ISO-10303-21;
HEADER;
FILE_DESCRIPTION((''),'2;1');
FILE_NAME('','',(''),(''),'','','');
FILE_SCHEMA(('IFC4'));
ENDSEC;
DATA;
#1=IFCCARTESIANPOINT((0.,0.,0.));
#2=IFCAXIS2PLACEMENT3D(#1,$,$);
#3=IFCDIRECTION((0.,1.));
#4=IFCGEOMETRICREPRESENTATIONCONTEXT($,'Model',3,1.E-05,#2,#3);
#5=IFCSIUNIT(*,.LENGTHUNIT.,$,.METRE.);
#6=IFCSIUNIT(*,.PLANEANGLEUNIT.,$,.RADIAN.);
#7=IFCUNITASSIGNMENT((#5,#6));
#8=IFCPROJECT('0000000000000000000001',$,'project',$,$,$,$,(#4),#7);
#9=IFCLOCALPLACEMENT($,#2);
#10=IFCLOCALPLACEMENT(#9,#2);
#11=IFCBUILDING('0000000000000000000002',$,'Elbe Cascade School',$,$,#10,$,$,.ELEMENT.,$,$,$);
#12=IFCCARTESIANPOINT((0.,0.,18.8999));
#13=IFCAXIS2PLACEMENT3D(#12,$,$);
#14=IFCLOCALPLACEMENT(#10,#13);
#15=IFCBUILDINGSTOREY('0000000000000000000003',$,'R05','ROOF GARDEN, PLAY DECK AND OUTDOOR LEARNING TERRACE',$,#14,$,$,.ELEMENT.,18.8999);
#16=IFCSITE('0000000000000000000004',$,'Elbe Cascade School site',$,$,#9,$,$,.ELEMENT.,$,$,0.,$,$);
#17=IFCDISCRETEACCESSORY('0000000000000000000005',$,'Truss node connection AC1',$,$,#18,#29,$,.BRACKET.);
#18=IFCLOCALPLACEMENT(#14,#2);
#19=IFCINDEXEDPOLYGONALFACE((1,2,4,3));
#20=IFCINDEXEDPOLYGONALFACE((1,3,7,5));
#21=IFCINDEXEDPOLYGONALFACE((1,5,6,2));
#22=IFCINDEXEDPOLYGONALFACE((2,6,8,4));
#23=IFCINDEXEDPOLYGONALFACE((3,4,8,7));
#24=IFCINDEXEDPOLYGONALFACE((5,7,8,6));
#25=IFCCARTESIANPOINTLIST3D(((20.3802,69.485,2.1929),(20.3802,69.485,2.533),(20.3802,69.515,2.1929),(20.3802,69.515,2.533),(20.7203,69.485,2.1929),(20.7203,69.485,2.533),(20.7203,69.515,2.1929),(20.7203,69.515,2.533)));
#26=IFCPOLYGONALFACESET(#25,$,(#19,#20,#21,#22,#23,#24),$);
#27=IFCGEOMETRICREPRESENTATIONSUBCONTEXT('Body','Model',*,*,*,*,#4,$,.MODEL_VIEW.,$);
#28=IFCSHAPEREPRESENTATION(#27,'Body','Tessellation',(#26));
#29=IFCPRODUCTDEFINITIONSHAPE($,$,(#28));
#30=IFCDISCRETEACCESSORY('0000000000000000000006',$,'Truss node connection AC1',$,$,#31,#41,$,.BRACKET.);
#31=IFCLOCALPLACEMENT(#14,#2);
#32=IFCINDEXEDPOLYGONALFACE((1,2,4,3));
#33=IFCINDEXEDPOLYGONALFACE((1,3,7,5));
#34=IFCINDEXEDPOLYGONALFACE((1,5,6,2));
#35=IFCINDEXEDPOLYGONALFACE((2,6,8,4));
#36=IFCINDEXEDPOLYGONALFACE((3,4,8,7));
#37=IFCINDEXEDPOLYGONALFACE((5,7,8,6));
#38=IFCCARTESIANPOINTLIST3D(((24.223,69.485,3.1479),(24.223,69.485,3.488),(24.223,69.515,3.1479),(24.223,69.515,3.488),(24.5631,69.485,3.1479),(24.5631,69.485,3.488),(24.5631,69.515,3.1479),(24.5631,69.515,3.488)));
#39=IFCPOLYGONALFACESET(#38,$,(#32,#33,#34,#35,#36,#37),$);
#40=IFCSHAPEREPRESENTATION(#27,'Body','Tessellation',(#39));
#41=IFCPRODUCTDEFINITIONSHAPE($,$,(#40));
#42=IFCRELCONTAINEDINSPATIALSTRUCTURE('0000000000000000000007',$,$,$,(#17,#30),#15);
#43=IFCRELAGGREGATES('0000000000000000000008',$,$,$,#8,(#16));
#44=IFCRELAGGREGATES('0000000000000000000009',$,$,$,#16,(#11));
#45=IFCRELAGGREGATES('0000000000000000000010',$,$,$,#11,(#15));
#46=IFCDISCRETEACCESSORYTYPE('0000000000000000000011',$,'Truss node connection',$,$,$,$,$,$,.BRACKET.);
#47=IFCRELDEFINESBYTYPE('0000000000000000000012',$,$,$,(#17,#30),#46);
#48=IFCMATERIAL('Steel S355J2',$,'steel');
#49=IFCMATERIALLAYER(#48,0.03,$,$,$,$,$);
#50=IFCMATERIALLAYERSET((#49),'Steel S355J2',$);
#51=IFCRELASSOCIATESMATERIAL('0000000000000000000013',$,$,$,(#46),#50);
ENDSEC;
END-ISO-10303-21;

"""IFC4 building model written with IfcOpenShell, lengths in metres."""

from ifc_helpers import new_model, si_unit, direction, frame, origin, origin_2d, place, context, subcontext, project, spatial, rectangle, extrude, material, layer, layer_set, type_object, element, save


model = new_model("IFC4")

# Units and contexts
model_context = context("Model", 3, precision=1e-05, world=origin(), true_north=direction((0.0, 1.0)))
body_context = subcontext(model_context, "Body", "Model", "MODEL_VIEW")
ifc_project = project(units=[si_unit("LENGTHUNIT", "METRE"), si_unit("PLANEANGLEUNIT", "RADIAN")], contexts=[model_context])

# Site, building, storey
site_placement = place(None, origin())
site = spatial("IfcSite", under=ifc_project, at=site_placement, Name="Elbe Cascade School site", CompositionType="ELEMENT", RefElevation=0.0)
building_placement = place(site_placement, origin())
building = spatial("IfcBuilding", under=site, at=building_placement, Name="Elbe Cascade School", CompositionType="ELEMENT")
storey_placement = place(building_placement, frame((0.0, 0.0, 18.8999)))
storey = spatial("IfcBuildingStorey", under=building, at=storey_placement, Name="R05", Description="ROOF GARDEN, PLAY DECK AND OUTDOOR LEARNING TERRACE", CompositionType="ELEMENT", Elevation=18.8999)

# Discrete accessories
ifc_material_1 = material(Name="Steel S355J2", Category="steel")
ifc_layer_1 = layer(ifc_material_1, 0.03)
ifc_layer_set_1 = layer_set([ifc_layer_1], Name="Steel S355J2")
discrete_accessory_type_1 = type_object("IfcDiscreteAccessoryType", Name="Truss node connection", PredefinedType="BRACKET", material=ifc_layer_set_1)
for number, where, z_axis, x_axis, name in (
    (1, (20.5503, 69.5, 2.1929), (0.0, 0.0, 1.0), (1.0, 0.0, 0.0), "Truss node connection AC1"),
    (2, (24.3931, 69.5, 3.1479), (0.0, 0.0, 1.0), (1.0, 0.0, 0.0), "Truss node connection AC1"),
):
    element("IfcDiscreteAccessory", number, at=place(storey_placement, frame(where, z_axis=z_axis, x_axis=x_axis)), inside=storey, type_object=discrete_accessory_type_1, Name=name, PredefinedType="BRACKET", context=body_context, shape_type="SweptSolid", body=[
        extrude(rectangle(XDim=0.3401, YDim=0.03, at=origin_2d()), origin(), (0.0, 0.0, 1.0), 0.3401),
    ])

save(model, "model.ifc")
